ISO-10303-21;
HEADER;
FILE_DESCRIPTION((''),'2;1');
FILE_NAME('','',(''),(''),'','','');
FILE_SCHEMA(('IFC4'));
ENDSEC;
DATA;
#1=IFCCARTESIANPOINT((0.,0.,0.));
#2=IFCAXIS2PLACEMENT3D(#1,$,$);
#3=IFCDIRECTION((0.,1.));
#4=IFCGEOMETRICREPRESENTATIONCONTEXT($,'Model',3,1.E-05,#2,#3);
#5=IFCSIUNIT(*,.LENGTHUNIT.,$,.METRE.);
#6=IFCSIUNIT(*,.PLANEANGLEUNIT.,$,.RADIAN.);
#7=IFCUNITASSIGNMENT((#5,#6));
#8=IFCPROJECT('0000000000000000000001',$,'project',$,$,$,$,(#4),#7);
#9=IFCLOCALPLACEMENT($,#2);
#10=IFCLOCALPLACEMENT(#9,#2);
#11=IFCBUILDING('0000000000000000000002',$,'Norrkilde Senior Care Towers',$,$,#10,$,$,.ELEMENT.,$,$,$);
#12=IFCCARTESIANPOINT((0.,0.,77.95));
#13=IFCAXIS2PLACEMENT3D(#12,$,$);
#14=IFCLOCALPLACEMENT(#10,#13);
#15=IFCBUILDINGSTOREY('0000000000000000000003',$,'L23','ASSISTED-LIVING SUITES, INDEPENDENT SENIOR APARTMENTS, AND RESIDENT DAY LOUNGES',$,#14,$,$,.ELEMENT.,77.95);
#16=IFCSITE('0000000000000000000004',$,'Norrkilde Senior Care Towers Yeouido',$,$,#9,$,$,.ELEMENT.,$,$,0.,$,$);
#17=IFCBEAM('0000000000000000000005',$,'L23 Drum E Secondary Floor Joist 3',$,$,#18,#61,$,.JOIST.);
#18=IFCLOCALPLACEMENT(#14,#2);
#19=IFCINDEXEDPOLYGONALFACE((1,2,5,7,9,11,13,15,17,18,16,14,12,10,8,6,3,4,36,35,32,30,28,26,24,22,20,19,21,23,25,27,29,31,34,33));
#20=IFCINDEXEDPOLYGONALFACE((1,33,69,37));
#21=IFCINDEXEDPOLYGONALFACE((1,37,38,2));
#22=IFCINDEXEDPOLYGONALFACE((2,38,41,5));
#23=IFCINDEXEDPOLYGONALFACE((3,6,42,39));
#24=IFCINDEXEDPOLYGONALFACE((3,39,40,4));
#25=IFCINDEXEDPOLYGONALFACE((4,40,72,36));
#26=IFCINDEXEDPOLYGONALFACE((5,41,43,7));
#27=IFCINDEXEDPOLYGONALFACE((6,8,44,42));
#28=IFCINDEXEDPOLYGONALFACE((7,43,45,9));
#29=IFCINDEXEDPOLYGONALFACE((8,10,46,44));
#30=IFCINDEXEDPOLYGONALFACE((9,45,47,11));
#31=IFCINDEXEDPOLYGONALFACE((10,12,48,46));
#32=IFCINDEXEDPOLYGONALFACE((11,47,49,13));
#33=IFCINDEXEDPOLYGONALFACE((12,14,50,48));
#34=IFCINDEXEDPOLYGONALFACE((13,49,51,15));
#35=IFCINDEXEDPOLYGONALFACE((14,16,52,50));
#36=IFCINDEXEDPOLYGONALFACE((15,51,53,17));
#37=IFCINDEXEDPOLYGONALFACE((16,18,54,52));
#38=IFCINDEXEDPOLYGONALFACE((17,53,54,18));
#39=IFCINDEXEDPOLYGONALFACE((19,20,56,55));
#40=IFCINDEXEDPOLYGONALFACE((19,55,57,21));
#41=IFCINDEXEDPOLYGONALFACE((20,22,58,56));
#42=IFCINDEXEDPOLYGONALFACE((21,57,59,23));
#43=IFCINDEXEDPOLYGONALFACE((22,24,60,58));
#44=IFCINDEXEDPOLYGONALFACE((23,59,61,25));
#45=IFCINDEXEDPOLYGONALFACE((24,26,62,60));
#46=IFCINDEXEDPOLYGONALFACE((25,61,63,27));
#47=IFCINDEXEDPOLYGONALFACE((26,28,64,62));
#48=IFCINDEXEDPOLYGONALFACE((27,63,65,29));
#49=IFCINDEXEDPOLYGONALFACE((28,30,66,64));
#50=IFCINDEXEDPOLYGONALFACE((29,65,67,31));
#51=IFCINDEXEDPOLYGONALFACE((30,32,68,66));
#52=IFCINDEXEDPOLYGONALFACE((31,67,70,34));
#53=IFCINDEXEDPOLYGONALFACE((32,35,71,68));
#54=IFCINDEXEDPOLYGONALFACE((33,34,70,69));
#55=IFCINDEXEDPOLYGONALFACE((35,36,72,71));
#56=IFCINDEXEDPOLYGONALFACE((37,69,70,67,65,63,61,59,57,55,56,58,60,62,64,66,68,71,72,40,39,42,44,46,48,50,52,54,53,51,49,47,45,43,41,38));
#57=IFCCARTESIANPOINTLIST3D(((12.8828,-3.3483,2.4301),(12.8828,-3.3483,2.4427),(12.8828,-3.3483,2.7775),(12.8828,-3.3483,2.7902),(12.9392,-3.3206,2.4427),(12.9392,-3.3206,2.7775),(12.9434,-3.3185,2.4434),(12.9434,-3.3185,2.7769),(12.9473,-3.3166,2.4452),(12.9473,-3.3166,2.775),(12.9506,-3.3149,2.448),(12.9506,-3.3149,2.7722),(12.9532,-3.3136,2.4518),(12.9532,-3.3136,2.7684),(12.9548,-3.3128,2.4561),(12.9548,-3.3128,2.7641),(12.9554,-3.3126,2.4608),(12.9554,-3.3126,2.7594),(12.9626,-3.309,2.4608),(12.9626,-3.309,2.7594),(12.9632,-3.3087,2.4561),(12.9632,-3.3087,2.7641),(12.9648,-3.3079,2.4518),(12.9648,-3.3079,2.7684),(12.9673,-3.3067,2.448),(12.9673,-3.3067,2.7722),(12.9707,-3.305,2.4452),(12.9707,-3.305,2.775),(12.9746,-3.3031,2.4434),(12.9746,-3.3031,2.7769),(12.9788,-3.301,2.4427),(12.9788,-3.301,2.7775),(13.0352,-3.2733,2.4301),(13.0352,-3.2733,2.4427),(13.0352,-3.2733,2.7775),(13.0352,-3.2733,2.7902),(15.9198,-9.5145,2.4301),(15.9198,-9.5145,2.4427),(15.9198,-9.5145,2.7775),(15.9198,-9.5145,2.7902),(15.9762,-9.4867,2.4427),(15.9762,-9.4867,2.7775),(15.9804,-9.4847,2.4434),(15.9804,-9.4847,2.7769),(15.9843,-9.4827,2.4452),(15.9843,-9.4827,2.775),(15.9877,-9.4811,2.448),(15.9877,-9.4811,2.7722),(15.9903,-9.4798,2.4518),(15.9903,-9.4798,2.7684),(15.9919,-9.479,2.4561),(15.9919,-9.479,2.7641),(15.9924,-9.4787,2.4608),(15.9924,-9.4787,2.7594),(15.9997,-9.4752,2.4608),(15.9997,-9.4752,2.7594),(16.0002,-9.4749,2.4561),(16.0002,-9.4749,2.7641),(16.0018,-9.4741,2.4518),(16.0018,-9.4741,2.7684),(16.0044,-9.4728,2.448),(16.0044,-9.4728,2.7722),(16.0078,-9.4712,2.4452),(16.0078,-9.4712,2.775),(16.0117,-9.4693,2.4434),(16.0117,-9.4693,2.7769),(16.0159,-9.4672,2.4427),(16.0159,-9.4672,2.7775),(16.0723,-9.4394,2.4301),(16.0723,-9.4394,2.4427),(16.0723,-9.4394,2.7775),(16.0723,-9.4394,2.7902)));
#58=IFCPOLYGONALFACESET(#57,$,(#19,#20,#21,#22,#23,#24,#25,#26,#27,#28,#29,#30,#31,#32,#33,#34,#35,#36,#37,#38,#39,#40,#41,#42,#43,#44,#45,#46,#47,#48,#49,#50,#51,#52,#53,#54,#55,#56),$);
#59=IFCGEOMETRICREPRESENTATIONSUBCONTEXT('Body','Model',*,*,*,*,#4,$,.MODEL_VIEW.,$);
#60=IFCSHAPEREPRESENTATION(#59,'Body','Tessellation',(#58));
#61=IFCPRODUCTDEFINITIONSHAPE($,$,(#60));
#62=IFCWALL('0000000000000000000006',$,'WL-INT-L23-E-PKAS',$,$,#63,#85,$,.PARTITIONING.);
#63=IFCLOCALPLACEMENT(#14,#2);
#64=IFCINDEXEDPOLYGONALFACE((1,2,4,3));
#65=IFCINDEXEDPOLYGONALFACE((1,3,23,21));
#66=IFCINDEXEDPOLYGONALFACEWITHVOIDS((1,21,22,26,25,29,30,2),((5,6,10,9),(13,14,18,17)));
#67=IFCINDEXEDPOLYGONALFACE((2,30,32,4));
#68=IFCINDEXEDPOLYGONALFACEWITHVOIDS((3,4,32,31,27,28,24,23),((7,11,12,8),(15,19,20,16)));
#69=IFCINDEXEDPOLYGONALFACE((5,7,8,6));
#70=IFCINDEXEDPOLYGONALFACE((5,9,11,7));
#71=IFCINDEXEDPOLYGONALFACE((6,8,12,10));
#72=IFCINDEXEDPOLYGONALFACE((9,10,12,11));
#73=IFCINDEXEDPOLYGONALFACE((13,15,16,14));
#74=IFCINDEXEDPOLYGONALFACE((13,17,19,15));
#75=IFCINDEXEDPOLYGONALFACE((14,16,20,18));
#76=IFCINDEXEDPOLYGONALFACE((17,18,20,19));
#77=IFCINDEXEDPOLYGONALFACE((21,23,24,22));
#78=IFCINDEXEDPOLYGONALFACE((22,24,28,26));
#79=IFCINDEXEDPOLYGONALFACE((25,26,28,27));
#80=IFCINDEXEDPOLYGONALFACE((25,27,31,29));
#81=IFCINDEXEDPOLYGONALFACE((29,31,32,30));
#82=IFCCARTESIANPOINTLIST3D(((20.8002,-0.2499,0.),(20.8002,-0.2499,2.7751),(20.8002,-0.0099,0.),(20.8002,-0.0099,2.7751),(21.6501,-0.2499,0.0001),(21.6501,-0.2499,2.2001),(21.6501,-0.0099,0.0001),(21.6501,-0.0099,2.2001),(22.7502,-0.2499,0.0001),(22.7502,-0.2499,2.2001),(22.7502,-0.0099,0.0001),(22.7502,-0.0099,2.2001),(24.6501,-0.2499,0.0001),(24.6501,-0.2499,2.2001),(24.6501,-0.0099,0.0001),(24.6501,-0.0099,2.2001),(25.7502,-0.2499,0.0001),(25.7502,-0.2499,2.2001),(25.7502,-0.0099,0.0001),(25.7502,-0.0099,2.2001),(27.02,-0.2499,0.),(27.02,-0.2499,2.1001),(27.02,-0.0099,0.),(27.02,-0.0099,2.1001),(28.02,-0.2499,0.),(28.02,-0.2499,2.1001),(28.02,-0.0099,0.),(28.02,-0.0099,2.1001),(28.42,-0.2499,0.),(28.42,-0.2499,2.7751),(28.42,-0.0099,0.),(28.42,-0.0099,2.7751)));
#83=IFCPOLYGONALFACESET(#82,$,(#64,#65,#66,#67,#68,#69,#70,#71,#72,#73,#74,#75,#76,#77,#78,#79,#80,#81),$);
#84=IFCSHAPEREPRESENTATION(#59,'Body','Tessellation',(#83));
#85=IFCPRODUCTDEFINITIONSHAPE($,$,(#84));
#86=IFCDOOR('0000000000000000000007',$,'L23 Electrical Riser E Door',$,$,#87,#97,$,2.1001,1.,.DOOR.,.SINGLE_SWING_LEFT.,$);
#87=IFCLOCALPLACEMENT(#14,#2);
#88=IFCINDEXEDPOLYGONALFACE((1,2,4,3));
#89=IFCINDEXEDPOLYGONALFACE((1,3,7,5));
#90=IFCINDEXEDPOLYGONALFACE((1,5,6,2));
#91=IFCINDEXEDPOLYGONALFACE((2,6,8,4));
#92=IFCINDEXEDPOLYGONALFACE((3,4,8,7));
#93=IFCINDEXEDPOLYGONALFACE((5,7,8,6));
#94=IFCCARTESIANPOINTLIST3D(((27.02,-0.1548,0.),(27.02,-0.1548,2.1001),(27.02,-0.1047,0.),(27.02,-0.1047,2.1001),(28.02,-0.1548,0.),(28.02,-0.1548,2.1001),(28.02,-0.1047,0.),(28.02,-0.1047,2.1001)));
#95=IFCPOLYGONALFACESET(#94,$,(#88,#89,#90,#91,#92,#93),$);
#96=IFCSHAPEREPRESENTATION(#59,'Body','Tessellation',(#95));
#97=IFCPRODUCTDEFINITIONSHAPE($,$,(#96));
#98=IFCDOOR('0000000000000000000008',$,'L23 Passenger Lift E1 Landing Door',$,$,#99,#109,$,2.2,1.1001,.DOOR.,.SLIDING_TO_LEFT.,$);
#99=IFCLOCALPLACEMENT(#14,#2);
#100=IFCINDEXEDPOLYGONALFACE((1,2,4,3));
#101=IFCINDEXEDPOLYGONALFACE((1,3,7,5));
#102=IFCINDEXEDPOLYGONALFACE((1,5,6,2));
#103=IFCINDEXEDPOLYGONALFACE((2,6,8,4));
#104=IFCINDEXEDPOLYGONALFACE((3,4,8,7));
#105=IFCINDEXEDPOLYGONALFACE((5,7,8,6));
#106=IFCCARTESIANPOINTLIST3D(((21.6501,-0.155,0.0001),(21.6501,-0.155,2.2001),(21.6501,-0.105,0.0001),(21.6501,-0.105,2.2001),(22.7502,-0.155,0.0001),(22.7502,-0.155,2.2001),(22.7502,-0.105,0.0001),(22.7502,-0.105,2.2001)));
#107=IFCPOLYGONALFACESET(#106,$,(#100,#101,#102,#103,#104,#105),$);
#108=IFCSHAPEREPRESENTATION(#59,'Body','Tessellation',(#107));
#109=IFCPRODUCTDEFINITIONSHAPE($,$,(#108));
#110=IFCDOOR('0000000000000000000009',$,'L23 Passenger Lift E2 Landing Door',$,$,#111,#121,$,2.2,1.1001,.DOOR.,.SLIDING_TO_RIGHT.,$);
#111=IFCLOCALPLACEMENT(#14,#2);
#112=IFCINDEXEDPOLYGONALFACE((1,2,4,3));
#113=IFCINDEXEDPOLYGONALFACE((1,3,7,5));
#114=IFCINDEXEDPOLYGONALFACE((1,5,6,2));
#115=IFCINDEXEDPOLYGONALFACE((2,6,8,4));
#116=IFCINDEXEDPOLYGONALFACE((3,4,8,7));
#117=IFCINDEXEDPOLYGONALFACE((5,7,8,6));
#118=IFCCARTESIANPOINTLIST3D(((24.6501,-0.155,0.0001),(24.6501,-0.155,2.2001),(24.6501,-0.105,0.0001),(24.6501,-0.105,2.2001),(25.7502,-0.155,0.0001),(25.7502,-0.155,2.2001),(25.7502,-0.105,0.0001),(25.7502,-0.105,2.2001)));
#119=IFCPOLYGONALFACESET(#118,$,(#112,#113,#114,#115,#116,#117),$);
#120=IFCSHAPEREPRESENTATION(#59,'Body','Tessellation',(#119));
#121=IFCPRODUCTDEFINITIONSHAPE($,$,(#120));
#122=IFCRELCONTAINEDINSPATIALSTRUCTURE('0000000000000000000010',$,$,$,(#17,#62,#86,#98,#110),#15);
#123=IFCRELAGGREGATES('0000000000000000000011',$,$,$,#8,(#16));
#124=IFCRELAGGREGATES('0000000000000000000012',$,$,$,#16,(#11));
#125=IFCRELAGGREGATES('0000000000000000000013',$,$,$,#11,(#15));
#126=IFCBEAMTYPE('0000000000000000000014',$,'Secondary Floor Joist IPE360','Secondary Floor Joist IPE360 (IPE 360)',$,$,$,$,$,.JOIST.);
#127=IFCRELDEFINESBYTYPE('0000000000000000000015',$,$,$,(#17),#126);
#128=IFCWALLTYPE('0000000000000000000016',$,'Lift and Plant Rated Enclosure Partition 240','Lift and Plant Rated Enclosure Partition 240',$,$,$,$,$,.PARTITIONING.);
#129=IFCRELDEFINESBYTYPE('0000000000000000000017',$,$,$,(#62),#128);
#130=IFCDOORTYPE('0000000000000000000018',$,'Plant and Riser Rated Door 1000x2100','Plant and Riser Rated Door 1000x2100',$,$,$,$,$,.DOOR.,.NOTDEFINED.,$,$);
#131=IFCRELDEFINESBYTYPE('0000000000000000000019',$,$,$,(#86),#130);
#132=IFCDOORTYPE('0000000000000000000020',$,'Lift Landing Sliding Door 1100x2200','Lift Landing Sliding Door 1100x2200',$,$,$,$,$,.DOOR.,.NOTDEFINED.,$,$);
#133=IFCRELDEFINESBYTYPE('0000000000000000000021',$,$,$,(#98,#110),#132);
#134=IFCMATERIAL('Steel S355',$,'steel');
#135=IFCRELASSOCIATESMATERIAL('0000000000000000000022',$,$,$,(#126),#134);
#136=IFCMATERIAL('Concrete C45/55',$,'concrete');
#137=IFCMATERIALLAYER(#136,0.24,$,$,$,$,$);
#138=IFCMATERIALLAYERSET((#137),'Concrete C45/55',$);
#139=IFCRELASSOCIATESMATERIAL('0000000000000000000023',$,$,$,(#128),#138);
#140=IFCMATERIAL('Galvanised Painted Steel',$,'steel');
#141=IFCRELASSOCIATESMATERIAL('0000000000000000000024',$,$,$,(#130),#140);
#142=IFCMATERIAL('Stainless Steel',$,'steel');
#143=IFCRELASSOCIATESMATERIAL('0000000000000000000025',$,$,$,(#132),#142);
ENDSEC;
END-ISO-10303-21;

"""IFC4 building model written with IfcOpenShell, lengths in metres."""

from ifc_helpers import new_model, si_unit, direction, frame, frame_2d, origin, origin_2d, place, context, subcontext, project, spatial, rectangle, i_section, extrude, source, transform, mapped, material, layer, layer_set, material_profile, profile_set, type_object, type_shapes, element, fill, save


model = new_model("IFC4")

# Units and contexts
model_context = context("Model", 3, precision=1e-05, world=origin(), true_north=direction((0.0, 1.0)))
body_context = subcontext(model_context, "Body", "Model", "MODEL_VIEW")
ifc_project = project(units=[si_unit("LENGTHUNIT", "METRE"), si_unit("PLANEANGLEUNIT", "RADIAN")], contexts=[model_context])

# Site, building, storey
site_placement = place(None, origin())
site = spatial("IfcSite", under=ifc_project, at=site_placement, Name="Norrkilde Senior Care Towers Yeouido", CompositionType="ELEMENT", RefElevation=0.0)
building_placement = place(site_placement, origin())
building = spatial("IfcBuilding", under=site, at=building_placement, Name="Norrkilde Senior Care Towers", CompositionType="ELEMENT")
storey_placement = place(building_placement, frame((0.0, 0.0, 77.95)))
storey = spatial("IfcBuildingStorey", under=building, at=storey_placement, Name="L23", Description="ASSISTED-LIVING SUITES, INDEPENDENT SENIOR APARTMENTS, AND RESIDENT DAY LOUNGES", CompositionType="ELEMENT", Elevation=77.95)

# Beam
ifc_material_1 = material(Name="Steel S355", Category="steel")
ifc_material_profile_1 = material_profile(ifc_material_1, i_section(OverallWidth=0.1699, OverallDepth=0.3601, WebThickness=0.0081, FlangeThickness=0.0127, FilletRadius=0.0181, at=origin_2d()), Name="IPE 360")
ifc_profile_set_1 = profile_set([ifc_material_profile_1], Name="Steel S355")
beam_type_1 = type_object("IfcBeamType", Name="Secondary Floor Joist IPE360", Description="Secondary Floor Joist IPE360 (IPE 360)", PredefinedType="JOIST", material=ifc_profile_set_1)
shared_shape_1 = source(origin(), body_context, "Body", "SweptSolid", [
    extrude(i_section(OverallWidth=0.1699, OverallDepth=0.3601, WebThickness=0.0081, FlangeThickness=0.0127, FilletRadius=0.0181, at=origin_2d()), origin(), (0.0, 0.0, 1.0), 6.8735),
])
type_shapes(beam_type_1, [shared_shape_1])
beam_1_placement = place(storey_placement, frame((12.959, -3.3108, 2.6101), z_axis=(0.441849, -0.897089, 0.0), x_axis=(0.897089, 0.441849, 0.0)))
element("IfcBeam", 1, at=beam_1_placement, inside=storey, type_object=beam_type_1, Name="L23 Drum E Secondary Floor Joist 3", PredefinedType="JOIST", context=body_context, shape_type="MappedRepresentation", body=[
    mapped(shared_shape_1, transform((0.0, 0.0, 0.0), x_axis=(1.0, 0.0, 0.0), y_axis=(0.0, 1.0, 0.0), z_axis=(0.0, 0.0, 1.0), scale=1.0)),
])

# Shared definitions
ifc_material_2 = material(Name="Galvanised Painted Steel", Category="steel")

# Wall, openings, doors
ifc_material_3 = material(Name="Concrete C45/55", Category="concrete")
ifc_layer_1 = layer(ifc_material_3, 0.24)
ifc_layer_set_1 = layer_set([ifc_layer_1], Name="Concrete C45/55")
wall_type_1 = type_object("IfcWallType", Name="Lift and Plant Rated Enclosure Partition 240", Description="Lift and Plant Rated Enclosure Partition 240", PredefinedType="PARTITIONING", material=ifc_layer_set_1)
shared_shape_2 = source(origin(), body_context, "Body", "SweptSolid", [
    extrude(rectangle(XDim=7.6199, YDim=0.24, at=frame_2d((3.8101, 0.0))), origin(), (0.0, 0.0, 1.0), 2.7751),
])
type_shapes(wall_type_1, [shared_shape_2])
wall_1_placement = place(storey_placement, frame((20.8, -0.1299, 0.0), z_axis=(0.0, 0.0, 1.0), x_axis=(1.0, 0.0, 0.0)))
wall_1 = element("IfcWall", 2, at=wall_1_placement, inside=storey, type_object=wall_type_1, Name="WL-INT-L23-E-PKAS", PredefinedType="PARTITIONING", context=body_context, shape_type="MappedRepresentation", body=[
    mapped(shared_shape_2, transform((0.0, 0.0, 0.0), x_axis=(1.0, 0.0, 0.0), y_axis=(0.0, 1.0, 0.0), z_axis=(0.0, 0.0, 1.0), scale=1.0)),
])
opening_1_placement = place(wall_1_placement, frame((6.22, 0.0, 0.0)))
opening_1 = element("IfcOpeningElement", 3, at=opening_1_placement, cuts=wall_1, PredefinedType="OPENING", context=body_context, shape_type="SweptSolid", body=[
    extrude(rectangle(XDim=1.0, YDim=2.1001, at=frame_2d((0.5, 1.05))), frame((0.0, 0.1299, 0.0), z_axis=(0.0, -1.0, 0.0), x_axis=(1.0, 0.0, 0.0)), (0.0, 0.0, 1.0), 0.26),
])
opening_2_placement = place(wall_1_placement, frame((0.8501, 0.0, 0.0)))
opening_2 = element("IfcOpeningElement", 4, at=opening_2_placement, cuts=wall_1, PredefinedType="OPENING", context=body_context, shape_type="SweptSolid", body=[
    extrude(rectangle(XDim=1.1001, YDim=2.2, at=frame_2d((0.55, 1.1001))), frame((0.0, 0.1299, 0.0), z_axis=(0.0, -1.0, 0.0), x_axis=(1.0, 0.0, 0.0)), (0.0, 0.0, 1.0), 0.26),
])
opening_3_placement = place(wall_1_placement, frame((3.8501, 0.0, 0.0)))
opening_3 = element("IfcOpeningElement", 5, at=opening_3_placement, cuts=wall_1, PredefinedType="OPENING", context=body_context, shape_type="SweptSolid", body=[
    extrude(rectangle(XDim=1.1001, YDim=2.2, at=frame_2d((0.55, 1.1001))), frame((0.0, 0.1299, 0.0), z_axis=(0.0, -1.0, 0.0), x_axis=(1.0, 0.0, 0.0)), (0.0, 0.0, 1.0), 0.26),
])
door_type_1 = type_object("IfcDoorType", Name="Plant and Riser Rated Door 1000x2100", Description="Plant and Riser Rated Door 1000x2100", OperationType="NOTDEFINED", PredefinedType="DOOR", material=ifc_material_2)
shared_shape_3 = source(origin(), body_context, "Body", "SweptSolid", [
    extrude(rectangle(XDim=1.0, YDim=2.1001, at=frame_2d((0.5, 1.05))), frame((0.0, 0.0249, 0.0), z_axis=(0.0, -1.0, 0.0), x_axis=(1.0, 0.0, 0.0)), (0.0, 0.0, 1.0), 0.05),
])
type_shapes(door_type_1, [shared_shape_3])
door_1_placement = place(opening_1_placement, frame((1.0, 0.0, 0.0), z_axis=(0.0, 0.0, 1.0), x_axis=(-1.0, 0.0, 0.0)))
door_1 = element("IfcDoor", 6, at=door_1_placement, inside=storey, type_object=door_type_1, Name="L23 Electrical Riser E Door", OperationType="SINGLE_SWING_LEFT", OverallHeight=2.1001, OverallWidth=1.0, PredefinedType="DOOR", context=body_context, shape_type="MappedRepresentation", body=[
    mapped(shared_shape_3, transform((0.0, 0.0, 0.0), x_axis=(1.0, 0.0, 0.0), y_axis=(0.0, 1.0, 0.0), z_axis=(0.0, 0.0, 1.0), scale=1.0)),
])
fill(opening_1, door_1)
ifc_material_4 = material(Name="Stainless Steel", Category="steel")
door_type_2 = type_object("IfcDoorType", Name="Lift Landing Sliding Door 1100x2200", Description="Lift Landing Sliding Door 1100x2200", OperationType="NOTDEFINED", PredefinedType="DOOR", material=ifc_material_4)
shared_shape_4 = source(origin(), body_context, "Body", "SweptSolid", [
    extrude(rectangle(XDim=1.1001, YDim=2.2, at=frame_2d((0.55, 1.1001))), frame((0.0, 0.0249, 0.0), z_axis=(0.0, -1.0, 0.0), x_axis=(1.0, 0.0, 0.0)), (0.0, 0.0, 1.0), 0.05),
])
type_shapes(door_type_2, [shared_shape_4])
door_2_placement = place(opening_2_placement, origin())
door_2 = element("IfcDoor", 7, at=door_2_placement, inside=storey, type_object=door_type_2, Name="L23 Passenger Lift E1 Landing Door", OperationType="SLIDING_TO_LEFT", OverallHeight=2.2, OverallWidth=1.1001, PredefinedType="DOOR", context=body_context, shape_type="MappedRepresentation", body=[
    mapped(shared_shape_4, transform((0.0, 0.0, 0.0), x_axis=(1.0, 0.0, 0.0), y_axis=(0.0, 1.0, 0.0), z_axis=(0.0, 0.0, 1.0), scale=1.0)),
])
fill(opening_2, door_2)
door_3_placement = place(opening_3_placement, origin())
door_3 = element("IfcDoor", 8, at=door_3_placement, inside=storey, type_object=door_type_2, Name="L23 Passenger Lift E2 Landing Door", OperationType="SLIDING_TO_RIGHT", OverallHeight=2.2, OverallWidth=1.1001, PredefinedType="DOOR", context=body_context, shape_type="MappedRepresentation", body=[
    mapped(shared_shape_4, transform((0.0, 0.0, 0.0), x_axis=(1.0, 0.0, 0.0), y_axis=(0.0, 1.0, 0.0), z_axis=(0.0, 0.0, 1.0), scale=1.0)),
])
fill(opening_3, door_3)

save(model, "model.ifc")
